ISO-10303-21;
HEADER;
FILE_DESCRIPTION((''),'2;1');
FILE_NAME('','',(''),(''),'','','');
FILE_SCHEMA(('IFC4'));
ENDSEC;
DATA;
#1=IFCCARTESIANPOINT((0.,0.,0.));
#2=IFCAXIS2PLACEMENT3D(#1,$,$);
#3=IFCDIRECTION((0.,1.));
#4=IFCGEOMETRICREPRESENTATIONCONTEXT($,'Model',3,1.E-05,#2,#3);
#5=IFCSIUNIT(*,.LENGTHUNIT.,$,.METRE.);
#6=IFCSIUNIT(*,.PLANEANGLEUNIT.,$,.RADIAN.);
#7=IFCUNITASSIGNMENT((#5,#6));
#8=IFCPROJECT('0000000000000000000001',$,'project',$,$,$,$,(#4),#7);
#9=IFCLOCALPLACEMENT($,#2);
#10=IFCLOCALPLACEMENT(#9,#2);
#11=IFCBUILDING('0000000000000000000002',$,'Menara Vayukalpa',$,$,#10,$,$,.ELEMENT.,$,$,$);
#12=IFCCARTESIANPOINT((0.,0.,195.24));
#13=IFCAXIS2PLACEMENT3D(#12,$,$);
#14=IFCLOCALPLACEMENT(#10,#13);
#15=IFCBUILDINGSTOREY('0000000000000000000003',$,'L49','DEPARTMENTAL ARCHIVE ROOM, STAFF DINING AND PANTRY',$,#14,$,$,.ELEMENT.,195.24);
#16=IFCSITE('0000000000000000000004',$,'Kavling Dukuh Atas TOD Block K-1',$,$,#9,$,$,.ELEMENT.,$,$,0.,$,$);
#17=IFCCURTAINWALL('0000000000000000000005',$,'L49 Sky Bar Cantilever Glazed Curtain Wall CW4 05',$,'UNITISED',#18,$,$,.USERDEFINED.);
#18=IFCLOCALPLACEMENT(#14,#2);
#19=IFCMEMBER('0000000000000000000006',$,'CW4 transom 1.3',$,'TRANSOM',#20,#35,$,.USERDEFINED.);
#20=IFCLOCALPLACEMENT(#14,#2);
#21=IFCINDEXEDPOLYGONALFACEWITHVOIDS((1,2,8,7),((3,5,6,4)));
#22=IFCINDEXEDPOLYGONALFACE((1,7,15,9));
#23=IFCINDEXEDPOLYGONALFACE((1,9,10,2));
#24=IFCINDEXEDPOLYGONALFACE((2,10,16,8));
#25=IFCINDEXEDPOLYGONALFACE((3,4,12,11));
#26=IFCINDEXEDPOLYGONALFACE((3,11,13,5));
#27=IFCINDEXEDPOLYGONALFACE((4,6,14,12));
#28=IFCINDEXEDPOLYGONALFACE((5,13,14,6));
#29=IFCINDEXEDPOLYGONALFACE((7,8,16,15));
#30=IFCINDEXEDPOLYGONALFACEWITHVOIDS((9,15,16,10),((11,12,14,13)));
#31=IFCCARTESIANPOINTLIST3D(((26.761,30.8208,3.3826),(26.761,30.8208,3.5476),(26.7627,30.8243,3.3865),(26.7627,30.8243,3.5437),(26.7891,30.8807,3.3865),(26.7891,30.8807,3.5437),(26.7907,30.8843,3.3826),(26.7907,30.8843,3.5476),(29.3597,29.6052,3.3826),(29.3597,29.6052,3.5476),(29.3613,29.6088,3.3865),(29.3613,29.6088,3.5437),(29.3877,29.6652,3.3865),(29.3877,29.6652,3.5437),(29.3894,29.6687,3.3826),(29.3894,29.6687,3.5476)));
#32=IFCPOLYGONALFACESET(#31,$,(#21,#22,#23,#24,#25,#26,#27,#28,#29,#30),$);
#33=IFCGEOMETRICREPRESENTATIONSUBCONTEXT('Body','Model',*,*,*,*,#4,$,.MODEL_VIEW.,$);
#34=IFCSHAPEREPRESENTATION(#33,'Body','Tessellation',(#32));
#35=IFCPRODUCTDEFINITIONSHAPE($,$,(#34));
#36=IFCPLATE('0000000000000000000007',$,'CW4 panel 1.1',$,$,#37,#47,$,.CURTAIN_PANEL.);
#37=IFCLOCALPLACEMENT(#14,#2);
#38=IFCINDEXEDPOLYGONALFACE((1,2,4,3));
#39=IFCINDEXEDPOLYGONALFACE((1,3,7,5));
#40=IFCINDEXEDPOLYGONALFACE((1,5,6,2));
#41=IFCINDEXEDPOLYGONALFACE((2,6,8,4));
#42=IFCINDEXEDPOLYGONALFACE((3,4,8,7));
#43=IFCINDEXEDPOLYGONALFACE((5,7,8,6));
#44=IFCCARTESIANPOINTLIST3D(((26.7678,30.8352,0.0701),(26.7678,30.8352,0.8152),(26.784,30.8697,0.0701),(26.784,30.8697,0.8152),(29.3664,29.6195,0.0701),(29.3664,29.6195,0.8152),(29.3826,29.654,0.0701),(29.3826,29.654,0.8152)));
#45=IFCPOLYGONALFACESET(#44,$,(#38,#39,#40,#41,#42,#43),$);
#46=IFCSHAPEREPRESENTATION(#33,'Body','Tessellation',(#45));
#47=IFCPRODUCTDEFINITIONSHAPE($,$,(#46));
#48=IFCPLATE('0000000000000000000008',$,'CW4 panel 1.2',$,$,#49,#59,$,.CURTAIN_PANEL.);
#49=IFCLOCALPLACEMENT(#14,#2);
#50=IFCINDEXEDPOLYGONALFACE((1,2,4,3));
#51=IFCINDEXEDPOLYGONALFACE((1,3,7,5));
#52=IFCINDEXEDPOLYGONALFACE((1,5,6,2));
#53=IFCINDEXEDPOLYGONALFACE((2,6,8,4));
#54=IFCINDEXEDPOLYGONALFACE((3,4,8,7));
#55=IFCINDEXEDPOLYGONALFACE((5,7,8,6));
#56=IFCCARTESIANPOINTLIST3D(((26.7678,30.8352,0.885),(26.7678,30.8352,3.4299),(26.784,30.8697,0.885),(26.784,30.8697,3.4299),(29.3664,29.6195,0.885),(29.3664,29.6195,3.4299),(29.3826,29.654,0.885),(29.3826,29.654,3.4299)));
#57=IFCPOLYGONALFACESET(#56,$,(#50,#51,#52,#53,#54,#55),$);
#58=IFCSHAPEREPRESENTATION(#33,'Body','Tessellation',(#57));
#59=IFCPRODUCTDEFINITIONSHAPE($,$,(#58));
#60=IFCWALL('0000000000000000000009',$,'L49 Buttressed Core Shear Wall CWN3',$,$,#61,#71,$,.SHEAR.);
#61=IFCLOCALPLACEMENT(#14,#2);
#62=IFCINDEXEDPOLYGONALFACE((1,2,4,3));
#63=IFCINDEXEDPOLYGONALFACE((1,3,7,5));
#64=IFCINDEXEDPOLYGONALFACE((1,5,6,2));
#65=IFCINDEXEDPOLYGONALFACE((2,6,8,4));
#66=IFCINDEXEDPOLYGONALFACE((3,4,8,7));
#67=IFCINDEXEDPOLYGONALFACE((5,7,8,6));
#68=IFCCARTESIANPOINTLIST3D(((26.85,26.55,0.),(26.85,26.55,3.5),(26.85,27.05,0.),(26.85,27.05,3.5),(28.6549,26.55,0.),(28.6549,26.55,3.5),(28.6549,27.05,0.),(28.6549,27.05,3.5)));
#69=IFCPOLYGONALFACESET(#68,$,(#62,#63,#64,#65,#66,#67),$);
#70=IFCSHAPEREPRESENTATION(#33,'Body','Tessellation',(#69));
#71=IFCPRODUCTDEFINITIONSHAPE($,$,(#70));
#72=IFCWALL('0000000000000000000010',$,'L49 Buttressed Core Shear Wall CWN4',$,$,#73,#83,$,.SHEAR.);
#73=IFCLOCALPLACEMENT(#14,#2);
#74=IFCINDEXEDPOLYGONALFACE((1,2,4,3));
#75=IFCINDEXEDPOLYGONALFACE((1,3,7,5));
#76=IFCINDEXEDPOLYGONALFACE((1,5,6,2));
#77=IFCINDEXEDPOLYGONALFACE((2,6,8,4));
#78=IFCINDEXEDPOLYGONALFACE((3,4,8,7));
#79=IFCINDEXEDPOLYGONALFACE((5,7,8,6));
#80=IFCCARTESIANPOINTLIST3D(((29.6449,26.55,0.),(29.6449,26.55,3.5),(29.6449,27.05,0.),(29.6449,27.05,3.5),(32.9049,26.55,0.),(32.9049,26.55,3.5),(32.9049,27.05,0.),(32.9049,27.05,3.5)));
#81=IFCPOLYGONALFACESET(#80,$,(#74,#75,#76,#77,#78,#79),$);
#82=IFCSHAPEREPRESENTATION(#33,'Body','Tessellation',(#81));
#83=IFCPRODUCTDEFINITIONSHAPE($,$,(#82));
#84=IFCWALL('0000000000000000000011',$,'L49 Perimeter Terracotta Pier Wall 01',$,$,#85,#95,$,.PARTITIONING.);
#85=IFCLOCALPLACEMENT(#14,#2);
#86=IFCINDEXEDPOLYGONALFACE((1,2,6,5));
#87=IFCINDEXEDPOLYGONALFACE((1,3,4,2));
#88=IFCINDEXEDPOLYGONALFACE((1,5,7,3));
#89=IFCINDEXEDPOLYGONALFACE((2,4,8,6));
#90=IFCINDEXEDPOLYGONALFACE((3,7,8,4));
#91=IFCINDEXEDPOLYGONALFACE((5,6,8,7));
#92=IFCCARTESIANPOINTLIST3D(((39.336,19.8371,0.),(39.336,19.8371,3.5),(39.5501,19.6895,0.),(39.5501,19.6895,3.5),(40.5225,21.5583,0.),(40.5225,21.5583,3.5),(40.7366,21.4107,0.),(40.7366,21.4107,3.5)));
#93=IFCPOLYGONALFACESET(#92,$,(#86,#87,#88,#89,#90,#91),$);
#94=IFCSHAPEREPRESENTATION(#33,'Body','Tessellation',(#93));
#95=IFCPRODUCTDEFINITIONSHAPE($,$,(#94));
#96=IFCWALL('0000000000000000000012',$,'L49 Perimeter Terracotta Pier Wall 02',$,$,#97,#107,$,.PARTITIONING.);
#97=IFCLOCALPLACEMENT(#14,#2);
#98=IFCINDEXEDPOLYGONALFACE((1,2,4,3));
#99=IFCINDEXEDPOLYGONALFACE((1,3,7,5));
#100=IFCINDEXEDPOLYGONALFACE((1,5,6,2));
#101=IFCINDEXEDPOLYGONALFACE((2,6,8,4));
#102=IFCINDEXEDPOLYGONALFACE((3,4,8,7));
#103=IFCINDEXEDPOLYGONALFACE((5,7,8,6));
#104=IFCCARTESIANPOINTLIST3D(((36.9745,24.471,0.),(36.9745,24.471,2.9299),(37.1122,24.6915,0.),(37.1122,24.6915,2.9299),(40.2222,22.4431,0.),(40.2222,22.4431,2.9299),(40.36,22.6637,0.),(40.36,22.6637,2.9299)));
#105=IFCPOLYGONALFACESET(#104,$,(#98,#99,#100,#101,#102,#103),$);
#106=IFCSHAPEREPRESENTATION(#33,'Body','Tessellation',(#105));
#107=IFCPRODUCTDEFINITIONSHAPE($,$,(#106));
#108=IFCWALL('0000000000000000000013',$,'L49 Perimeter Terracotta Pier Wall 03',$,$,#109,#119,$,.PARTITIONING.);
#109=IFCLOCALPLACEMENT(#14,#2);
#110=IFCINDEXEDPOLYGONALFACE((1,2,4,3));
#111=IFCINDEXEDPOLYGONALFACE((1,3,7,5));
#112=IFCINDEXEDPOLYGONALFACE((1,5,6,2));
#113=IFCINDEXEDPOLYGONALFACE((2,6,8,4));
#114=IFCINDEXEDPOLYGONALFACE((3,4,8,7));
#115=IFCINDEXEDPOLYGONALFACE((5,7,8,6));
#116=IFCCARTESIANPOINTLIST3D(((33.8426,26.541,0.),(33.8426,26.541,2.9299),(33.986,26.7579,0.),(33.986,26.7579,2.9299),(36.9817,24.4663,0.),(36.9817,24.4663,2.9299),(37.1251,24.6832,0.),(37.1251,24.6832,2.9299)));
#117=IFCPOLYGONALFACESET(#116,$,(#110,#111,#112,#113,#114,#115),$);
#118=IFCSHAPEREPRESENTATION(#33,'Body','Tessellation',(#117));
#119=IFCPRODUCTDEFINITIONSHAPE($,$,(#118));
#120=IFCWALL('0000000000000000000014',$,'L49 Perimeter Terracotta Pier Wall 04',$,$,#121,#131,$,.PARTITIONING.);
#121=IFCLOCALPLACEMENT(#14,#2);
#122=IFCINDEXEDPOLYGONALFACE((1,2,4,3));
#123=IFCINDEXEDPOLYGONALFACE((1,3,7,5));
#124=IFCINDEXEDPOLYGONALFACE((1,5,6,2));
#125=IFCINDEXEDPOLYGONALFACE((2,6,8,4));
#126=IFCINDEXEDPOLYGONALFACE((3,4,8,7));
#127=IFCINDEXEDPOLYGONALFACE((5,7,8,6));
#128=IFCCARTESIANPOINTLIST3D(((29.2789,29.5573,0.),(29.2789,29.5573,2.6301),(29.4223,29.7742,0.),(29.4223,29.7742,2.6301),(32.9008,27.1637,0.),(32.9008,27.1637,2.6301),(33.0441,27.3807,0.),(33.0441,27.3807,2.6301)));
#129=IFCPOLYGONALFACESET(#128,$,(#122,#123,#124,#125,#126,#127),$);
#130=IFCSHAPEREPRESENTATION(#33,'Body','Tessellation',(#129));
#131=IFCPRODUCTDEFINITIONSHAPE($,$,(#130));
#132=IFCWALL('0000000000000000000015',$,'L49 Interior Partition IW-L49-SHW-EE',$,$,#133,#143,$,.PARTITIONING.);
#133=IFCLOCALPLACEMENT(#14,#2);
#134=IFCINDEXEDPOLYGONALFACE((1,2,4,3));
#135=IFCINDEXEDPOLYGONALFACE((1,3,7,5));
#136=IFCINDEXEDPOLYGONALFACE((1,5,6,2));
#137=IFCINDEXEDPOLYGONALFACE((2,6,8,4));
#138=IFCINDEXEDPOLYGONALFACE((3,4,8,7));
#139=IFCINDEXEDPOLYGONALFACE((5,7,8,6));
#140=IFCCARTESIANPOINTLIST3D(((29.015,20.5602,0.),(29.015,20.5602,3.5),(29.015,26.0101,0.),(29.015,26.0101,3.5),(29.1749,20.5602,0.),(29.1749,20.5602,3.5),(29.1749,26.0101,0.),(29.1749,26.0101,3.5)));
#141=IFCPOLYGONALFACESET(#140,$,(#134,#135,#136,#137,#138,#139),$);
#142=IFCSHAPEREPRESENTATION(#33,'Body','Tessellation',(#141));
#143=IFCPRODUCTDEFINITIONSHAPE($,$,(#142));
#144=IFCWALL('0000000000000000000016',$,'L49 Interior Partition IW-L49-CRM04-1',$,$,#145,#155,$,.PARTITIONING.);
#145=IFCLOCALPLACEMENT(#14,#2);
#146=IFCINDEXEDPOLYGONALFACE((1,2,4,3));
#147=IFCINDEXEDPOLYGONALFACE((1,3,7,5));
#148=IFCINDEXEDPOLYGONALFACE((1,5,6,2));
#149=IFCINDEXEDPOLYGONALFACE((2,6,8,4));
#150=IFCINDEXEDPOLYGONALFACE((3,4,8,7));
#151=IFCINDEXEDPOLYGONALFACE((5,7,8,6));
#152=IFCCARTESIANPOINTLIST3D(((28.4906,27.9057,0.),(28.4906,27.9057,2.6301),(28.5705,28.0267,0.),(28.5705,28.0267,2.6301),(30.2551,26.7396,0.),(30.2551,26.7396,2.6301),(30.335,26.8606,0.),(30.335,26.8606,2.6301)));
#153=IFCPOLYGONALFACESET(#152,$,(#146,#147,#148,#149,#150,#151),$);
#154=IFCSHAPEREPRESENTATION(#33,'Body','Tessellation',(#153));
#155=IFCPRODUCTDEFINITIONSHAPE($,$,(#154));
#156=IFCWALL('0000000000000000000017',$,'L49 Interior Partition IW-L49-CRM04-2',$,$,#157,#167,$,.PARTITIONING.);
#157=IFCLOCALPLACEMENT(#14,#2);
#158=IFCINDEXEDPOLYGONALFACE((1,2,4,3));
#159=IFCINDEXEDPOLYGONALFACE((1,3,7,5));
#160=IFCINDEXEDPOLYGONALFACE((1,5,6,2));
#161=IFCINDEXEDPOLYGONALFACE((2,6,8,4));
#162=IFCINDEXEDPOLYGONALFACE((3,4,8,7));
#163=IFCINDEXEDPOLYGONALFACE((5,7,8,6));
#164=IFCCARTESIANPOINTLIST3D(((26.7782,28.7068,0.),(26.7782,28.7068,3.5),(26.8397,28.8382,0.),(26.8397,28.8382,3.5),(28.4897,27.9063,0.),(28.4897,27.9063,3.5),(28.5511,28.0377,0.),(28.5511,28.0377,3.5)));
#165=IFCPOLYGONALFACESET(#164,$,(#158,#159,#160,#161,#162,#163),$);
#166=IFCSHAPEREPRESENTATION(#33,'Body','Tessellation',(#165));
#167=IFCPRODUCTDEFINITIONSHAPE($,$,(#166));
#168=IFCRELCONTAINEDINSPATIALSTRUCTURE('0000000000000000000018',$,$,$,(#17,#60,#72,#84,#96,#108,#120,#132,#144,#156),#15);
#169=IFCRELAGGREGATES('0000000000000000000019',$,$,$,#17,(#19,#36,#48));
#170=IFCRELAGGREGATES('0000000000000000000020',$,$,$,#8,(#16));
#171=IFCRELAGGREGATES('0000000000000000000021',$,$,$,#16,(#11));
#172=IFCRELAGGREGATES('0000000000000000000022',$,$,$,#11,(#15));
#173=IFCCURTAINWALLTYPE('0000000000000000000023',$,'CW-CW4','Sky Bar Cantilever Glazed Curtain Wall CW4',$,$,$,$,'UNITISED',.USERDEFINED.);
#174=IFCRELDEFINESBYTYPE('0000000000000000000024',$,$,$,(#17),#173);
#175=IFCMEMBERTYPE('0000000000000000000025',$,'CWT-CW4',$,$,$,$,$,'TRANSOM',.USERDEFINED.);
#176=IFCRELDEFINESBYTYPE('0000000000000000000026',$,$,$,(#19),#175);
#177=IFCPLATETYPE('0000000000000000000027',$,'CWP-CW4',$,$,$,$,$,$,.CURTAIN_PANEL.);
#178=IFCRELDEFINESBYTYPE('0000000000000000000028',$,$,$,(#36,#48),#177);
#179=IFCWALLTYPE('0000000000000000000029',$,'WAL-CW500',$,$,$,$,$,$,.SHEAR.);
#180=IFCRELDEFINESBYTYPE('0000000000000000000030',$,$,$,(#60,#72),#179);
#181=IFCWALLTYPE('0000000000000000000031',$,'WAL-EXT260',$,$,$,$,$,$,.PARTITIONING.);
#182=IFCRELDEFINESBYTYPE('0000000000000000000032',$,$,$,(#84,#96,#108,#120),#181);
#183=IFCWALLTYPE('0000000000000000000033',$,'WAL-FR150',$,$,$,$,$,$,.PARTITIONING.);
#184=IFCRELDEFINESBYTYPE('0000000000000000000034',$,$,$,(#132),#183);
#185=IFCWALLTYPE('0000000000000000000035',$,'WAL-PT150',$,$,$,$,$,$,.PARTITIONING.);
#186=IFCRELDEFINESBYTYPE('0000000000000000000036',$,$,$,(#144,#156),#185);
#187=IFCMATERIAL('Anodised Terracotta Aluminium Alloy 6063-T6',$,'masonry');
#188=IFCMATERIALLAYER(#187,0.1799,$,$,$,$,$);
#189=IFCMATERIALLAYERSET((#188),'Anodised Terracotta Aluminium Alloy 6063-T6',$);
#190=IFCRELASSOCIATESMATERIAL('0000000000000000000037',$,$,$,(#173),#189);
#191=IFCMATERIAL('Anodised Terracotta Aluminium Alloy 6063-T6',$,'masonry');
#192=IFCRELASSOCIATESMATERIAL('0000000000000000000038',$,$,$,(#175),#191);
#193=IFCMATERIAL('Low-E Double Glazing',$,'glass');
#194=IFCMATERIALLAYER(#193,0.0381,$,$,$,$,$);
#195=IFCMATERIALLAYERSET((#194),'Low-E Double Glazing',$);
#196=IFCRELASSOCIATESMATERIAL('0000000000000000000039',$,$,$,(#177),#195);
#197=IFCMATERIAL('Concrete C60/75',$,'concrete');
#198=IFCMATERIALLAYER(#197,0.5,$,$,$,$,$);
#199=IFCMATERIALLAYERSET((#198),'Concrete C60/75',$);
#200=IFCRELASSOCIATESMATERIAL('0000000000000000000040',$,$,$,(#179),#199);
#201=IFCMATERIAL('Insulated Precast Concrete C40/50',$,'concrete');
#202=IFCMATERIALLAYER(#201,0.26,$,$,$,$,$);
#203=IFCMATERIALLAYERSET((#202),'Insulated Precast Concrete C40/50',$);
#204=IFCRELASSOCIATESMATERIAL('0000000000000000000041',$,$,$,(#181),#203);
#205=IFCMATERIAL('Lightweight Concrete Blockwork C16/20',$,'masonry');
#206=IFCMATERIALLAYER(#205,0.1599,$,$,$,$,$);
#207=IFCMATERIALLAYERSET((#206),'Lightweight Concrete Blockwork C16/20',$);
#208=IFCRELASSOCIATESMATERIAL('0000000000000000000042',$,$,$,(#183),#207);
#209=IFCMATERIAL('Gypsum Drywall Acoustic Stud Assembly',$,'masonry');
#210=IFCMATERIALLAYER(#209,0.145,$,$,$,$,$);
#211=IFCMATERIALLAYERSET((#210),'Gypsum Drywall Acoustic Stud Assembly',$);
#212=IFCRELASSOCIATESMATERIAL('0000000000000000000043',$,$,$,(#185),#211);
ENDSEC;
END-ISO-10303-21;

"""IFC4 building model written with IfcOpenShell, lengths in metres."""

from ifc_helpers import new_model, si_unit, direction, frame, frame_2d, origin, origin_2d, place, context, subcontext, project, spatial, rectangle, hollow_rectangle, extrude, material, layer, layer_set, material_profile, profile_set, type_object, element, aggregate, save


model = new_model("IFC4")

# Units and contexts
model_context = context("Model", 3, precision=1e-05, world=origin(), true_north=direction((0.0, 1.0)))
body_context = subcontext(model_context, "Body", "Model", "MODEL_VIEW")
ifc_project = project(units=[si_unit("LENGTHUNIT", "METRE"), si_unit("PLANEANGLEUNIT", "RADIAN")], contexts=[model_context])

# Site, building, storey
site_placement = place(None, origin())
site = spatial("IfcSite", under=ifc_project, at=site_placement, Name="Kavling Dukuh Atas TOD Block K-1", CompositionType="ELEMENT", RefElevation=0.0)
building_placement = place(site_placement, origin())
building = spatial("IfcBuilding", under=site, at=building_placement, Name="Menara Vayukalpa", CompositionType="ELEMENT")
storey_placement = place(building_placement, frame((0.0, 0.0, 195.24)))
storey = spatial("IfcBuildingStorey", under=building, at=storey_placement, Name="L49", Description="DEPARTMENTAL ARCHIVE ROOM, STAFF DINING AND PANTRY", CompositionType="ELEMENT", Elevation=195.24)

# Curtain wall, member, plates
ifc_material_1 = material(Name="Anodised Terracotta Aluminium Alloy 6063-T6", Category="masonry")
ifc_layer_1 = layer(ifc_material_1, 0.1799)
ifc_layer_set_1 = layer_set([ifc_layer_1], Name="Anodised Terracotta Aluminium Alloy 6063-T6")
curtain_wall_type = type_object("IfcCurtainWallType", Name="CW-CW4", Description="Sky Bar Cantilever Glazed Curtain Wall CW4", ElementType="UNITISED", PredefinedType="USERDEFINED", material=ifc_layer_set_1)
curtain_wall_placement = place(storey_placement, origin())
curtain_wall = element("IfcCurtainWall", 1, at=curtain_wall_placement, inside=storey, type_object=curtain_wall_type, Name="L49 Sky Bar Cantilever Glazed Curtain Wall CW4 05", ObjectType="UNITISED", PredefinedType="USERDEFINED")
ifc_material_2 = material(Name="Anodised Terracotta Aluminium Alloy 6063-T6", Category="masonry")
ifc_material_profile_1 = material_profile(ifc_material_2, hollow_rectangle(XDim=0.0701, YDim=0.165, WallThickness=0.0039, at=origin_2d()), Name="ALU 70x165x4")
ifc_profile_set_1 = profile_set([ifc_material_profile_1], Name="Anodised Terracotta Aluminium Alloy 6063-T6")
member_type_1 = type_object("IfcMemberType", Name="CWT-CW4", ElementType="TRANSOM", PredefinedType="USERDEFINED", material=ifc_profile_set_1)
member_1_placement = place(storey_placement, frame((29.3745, 29.637, 3.4651), z_axis=(-0.905798, 0.42371, 0.0), x_axis=(-0.42371, -0.905798, 0.0)))
member_1 = element("IfcMember", 2, at=member_1_placement, type_object=member_type_1, Name="CW4 transom 1.3", ObjectType="TRANSOM", PredefinedType="USERDEFINED", context=body_context, shape_type="SweptSolid", body=[
    extrude(hollow_rectangle(XDim=0.0701, YDim=0.165, WallThickness=0.0039, at=origin_2d()), origin(), (0.0, 0.0, 1.0), 2.8689),
])
ifc_material_3 = material(Name="Low-E Double Glazing", Category="glass")
ifc_layer_2 = layer(ifc_material_3, 0.0381)
ifc_layer_set_2 = layer_set([ifc_layer_2], Name="Low-E Double Glazing")
plate_type = type_object("IfcPlateType", Name="CWP-CW4", PredefinedType="CURTAIN_PANEL", material=ifc_layer_set_2)
plate_1_placement = place(storey_placement, frame((28.0752, 30.2446, 0.0701), z_axis=(0.0, 0.0, 1.0), x_axis=(-0.905782, 0.423744, 0.0)))
plate_1 = element("IfcPlate", 3, at=plate_1_placement, type_object=plate_type, Name="CW4 panel 1.1", PredefinedType="CURTAIN_PANEL", context=body_context, shape_type="SweptSolid", body=[
    extrude(rectangle(XDim=2.8689, YDim=0.0381, at=origin_2d()), origin(), (0.0, 0.0, 1.0), 0.7451),
])
plate_2_placement = place(storey_placement, frame((28.0752, 30.2446, 0.885), z_axis=(0.0, 0.0, 1.0), x_axis=(-0.905782, 0.423744, 0.0)))
plate_2 = element("IfcPlate", 4, at=plate_2_placement, type_object=plate_type, Name="CW4 panel 1.2", PredefinedType="CURTAIN_PANEL", context=body_context, shape_type="SweptSolid", body=[
    extrude(rectangle(XDim=2.8689, YDim=0.0381, at=origin_2d()), origin(), (0.0, 0.0, 1.0), 2.5449),
])
aggregate(curtain_wall, [member_1, plate_1, plate_2])

# Walls
ifc_material_4 = material(Name="Concrete C60/75", Category="concrete")
ifc_layer_3 = layer(ifc_material_4, 0.5)
ifc_layer_set_3 = layer_set([ifc_layer_3], Name="Concrete C60/75")
wall_type_1 = type_object("IfcWallType", Name="WAL-CW500", PredefinedType="SHEAR", material=ifc_layer_set_3)
wall_1_placement = place(storey_placement, frame((26.8501, 26.8, 0.0), z_axis=(0.0, 0.0, 1.0), x_axis=(1.0, 0.0, 0.0)))
element("IfcWall", 5, at=wall_1_placement, inside=storey, type_object=wall_type_1, Name="L49 Buttressed Core Shear Wall CWN3", PredefinedType="SHEAR", context=body_context, shape_type="SweptSolid", body=[
    extrude(rectangle(XDim=1.8049, YDim=0.5, at=frame_2d((0.9023, 0.0))), origin(), (0.0, 0.0, 1.0), 3.5),
])
wall_2_placement = place(storey_placement, frame((29.645, 26.8, 0.0), z_axis=(0.0, 0.0, 1.0), x_axis=(1.0, 0.0, 0.0)))
element("IfcWall", 6, at=wall_2_placement, inside=storey, type_object=wall_type_1, Name="L49 Buttressed Core Shear Wall CWN4", PredefinedType="SHEAR", context=body_context, shape_type="SweptSolid", body=[
    extrude(rectangle(XDim=3.26, YDim=0.5, at=frame_2d((1.6299, 0.0))), origin(), (0.0, 0.0, 1.0), 3.5),
])
ifc_material_5 = material(Name="Insulated Precast Concrete C40/50", Category="concrete")
ifc_layer_4 = layer(ifc_material_5, 0.26)
ifc_layer_set_4 = layer_set([ifc_layer_4], Name="Insulated Precast Concrete C40/50")
wall_type_2 = type_object("IfcWallType", Name="WAL-EXT260", PredefinedType="PARTITIONING", material=ifc_layer_set_4)
wall_3_placement = place(storey_placement, frame((40.6296, 21.4846, 0.0), z_axis=(0.0, 0.0, 1.0), x_axis=(-0.567569, -0.823326, 0.0)))
element("IfcWall", 7, at=wall_3_placement, inside=storey, type_object=wall_type_2, Name="L49 Perimeter Terracotta Pier Wall 01", PredefinedType="PARTITIONING", context=body_context, shape_type="SweptSolid", body=[
    extrude(rectangle(XDim=2.0906, YDim=0.26, at=frame_2d((1.0454, 0.0))), origin(), (0.0, 0.0, 1.0), 3.5),
])
wall_4_placement = place(storey_placement, frame((37.0432, 24.5813, 0.0), z_axis=(0.0, 0.0, 1.0), x_axis=(0.848238, -0.529615, 0.0)))
element("IfcWall", 8, at=wall_4_placement, inside=storey, type_object=wall_type_2, Name="L49 Perimeter Terracotta Pier Wall 02", PredefinedType="PARTITIONING", context=body_context, shape_type="SweptSolid", body=[
    extrude(rectangle(XDim=3.8289, YDim=0.26, at=frame_2d((1.9146, 0.0))), origin(), (0.0, 0.0, 1.0), 2.9299),
])
wall_5_placement = place(storey_placement, frame((33.9143, 26.6494, 0.0), z_axis=(0.0, 0.0, 1.0), x_axis=(0.83426, -0.551372, 0.0)))
element("IfcWall", 9, at=wall_5_placement, inside=storey, type_object=wall_type_2, Name="L49 Perimeter Terracotta Pier Wall 03", PredefinedType="PARTITIONING", context=body_context, shape_type="SweptSolid", body=[
    extrude(rectangle(XDim=3.7627, YDim=0.26, at=frame_2d((1.8813, 0.0))), origin(), (0.0, 0.0, 1.0), 2.9299),
])
wall_6_placement = place(storey_placement, frame((29.3506, 29.6658, 0.0), z_axis=(0.0, 0.0, 1.0), x_axis=(0.834276, -0.551347, 0.0)))
element("IfcWall", 10, at=wall_6_placement, inside=storey, type_object=wall_type_2, Name="L49 Perimeter Terracotta Pier Wall 04", PredefinedType="PARTITIONING", context=body_context, shape_type="SweptSolid", body=[
    extrude(rectangle(XDim=4.3413, YDim=0.26, at=frame_2d((2.1707, 0.0))), origin(), (0.0, 0.0, 1.0), 2.6301),
])
ifc_material_6 = material(Name="Lightweight Concrete Blockwork C16/20", Category="masonry")
ifc_layer_5 = layer(ifc_material_6, 0.1599)
ifc_layer_set_5 = layer_set([ifc_layer_5], Name="Lightweight Concrete Blockwork C16/20")
wall_type_3 = type_object("IfcWallType", Name="WAL-FR150", PredefinedType="PARTITIONING", material=ifc_layer_set_5)
wall_7_placement = place(storey_placement, frame((29.095, 20.5601, 0.0), z_axis=(0.0, 0.0, 1.0), x_axis=(0.0, 1.0, 0.0)))
element("IfcWall", 11, at=wall_7_placement, inside=storey, type_object=wall_type_3, Name="L49 Interior Partition IW-L49-SHW-EE", PredefinedType="PARTITIONING", context=body_context, shape_type="SweptSolid", body=[
    extrude(rectangle(XDim=5.45, YDim=0.1599, at=frame_2d((2.7251, 0.0))), origin(), (0.0, 0.0, 1.0), 3.5),
])
ifc_material_7 = material(Name="Gypsum Drywall Acoustic Stud Assembly", Category="masonry")
ifc_layer_6 = layer(ifc_material_7, 0.145)
ifc_layer_set_6 = layer_set([ifc_layer_6], Name="Gypsum Drywall Acoustic Stud Assembly")
wall_type_4 = type_object("IfcWallType", Name="WAL-PT150", PredefinedType="PARTITIONING", material=ifc_layer_set_6)
wall_8_placement = place(storey_placement, frame((30.2952, 26.8, 0.0), z_axis=(0.0, 0.0, 1.0), x_axis=(-0.834281, 0.551339, 0.0)))
element("IfcWall", 12, at=wall_8_placement, inside=storey, type_object=wall_type_4, Name="L49 Interior Partition IW-L49-CRM04-1", PredefinedType="PARTITIONING", context=body_context, shape_type="SweptSolid", body=[
    extrude(rectangle(XDim=2.115, YDim=0.145, at=frame_2d((1.0576, 0.0))), origin(), (0.0, 0.0, 1.0), 2.6301),
])
wall_9_placement = place(storey_placement, frame((28.5205, 27.9719, 0.0), z_axis=(0.0, 0.0, 1.0), x_axis=(-0.905803, 0.423699, 0.0)))
element("IfcWall", 13, at=wall_9_placement, inside=storey, type_object=wall_type_4, Name="L49 Interior Partition IW-L49-CRM04-2", PredefinedType="PARTITIONING", context=body_context, shape_type="SweptSolid", body=[
    extrude(rectangle(XDim=1.8894, YDim=0.145, at=frame_2d((0.9448, 0.0))), origin(), (0.0, 0.0, 1.0), 3.5),
])

save(model, "model.ifc")
